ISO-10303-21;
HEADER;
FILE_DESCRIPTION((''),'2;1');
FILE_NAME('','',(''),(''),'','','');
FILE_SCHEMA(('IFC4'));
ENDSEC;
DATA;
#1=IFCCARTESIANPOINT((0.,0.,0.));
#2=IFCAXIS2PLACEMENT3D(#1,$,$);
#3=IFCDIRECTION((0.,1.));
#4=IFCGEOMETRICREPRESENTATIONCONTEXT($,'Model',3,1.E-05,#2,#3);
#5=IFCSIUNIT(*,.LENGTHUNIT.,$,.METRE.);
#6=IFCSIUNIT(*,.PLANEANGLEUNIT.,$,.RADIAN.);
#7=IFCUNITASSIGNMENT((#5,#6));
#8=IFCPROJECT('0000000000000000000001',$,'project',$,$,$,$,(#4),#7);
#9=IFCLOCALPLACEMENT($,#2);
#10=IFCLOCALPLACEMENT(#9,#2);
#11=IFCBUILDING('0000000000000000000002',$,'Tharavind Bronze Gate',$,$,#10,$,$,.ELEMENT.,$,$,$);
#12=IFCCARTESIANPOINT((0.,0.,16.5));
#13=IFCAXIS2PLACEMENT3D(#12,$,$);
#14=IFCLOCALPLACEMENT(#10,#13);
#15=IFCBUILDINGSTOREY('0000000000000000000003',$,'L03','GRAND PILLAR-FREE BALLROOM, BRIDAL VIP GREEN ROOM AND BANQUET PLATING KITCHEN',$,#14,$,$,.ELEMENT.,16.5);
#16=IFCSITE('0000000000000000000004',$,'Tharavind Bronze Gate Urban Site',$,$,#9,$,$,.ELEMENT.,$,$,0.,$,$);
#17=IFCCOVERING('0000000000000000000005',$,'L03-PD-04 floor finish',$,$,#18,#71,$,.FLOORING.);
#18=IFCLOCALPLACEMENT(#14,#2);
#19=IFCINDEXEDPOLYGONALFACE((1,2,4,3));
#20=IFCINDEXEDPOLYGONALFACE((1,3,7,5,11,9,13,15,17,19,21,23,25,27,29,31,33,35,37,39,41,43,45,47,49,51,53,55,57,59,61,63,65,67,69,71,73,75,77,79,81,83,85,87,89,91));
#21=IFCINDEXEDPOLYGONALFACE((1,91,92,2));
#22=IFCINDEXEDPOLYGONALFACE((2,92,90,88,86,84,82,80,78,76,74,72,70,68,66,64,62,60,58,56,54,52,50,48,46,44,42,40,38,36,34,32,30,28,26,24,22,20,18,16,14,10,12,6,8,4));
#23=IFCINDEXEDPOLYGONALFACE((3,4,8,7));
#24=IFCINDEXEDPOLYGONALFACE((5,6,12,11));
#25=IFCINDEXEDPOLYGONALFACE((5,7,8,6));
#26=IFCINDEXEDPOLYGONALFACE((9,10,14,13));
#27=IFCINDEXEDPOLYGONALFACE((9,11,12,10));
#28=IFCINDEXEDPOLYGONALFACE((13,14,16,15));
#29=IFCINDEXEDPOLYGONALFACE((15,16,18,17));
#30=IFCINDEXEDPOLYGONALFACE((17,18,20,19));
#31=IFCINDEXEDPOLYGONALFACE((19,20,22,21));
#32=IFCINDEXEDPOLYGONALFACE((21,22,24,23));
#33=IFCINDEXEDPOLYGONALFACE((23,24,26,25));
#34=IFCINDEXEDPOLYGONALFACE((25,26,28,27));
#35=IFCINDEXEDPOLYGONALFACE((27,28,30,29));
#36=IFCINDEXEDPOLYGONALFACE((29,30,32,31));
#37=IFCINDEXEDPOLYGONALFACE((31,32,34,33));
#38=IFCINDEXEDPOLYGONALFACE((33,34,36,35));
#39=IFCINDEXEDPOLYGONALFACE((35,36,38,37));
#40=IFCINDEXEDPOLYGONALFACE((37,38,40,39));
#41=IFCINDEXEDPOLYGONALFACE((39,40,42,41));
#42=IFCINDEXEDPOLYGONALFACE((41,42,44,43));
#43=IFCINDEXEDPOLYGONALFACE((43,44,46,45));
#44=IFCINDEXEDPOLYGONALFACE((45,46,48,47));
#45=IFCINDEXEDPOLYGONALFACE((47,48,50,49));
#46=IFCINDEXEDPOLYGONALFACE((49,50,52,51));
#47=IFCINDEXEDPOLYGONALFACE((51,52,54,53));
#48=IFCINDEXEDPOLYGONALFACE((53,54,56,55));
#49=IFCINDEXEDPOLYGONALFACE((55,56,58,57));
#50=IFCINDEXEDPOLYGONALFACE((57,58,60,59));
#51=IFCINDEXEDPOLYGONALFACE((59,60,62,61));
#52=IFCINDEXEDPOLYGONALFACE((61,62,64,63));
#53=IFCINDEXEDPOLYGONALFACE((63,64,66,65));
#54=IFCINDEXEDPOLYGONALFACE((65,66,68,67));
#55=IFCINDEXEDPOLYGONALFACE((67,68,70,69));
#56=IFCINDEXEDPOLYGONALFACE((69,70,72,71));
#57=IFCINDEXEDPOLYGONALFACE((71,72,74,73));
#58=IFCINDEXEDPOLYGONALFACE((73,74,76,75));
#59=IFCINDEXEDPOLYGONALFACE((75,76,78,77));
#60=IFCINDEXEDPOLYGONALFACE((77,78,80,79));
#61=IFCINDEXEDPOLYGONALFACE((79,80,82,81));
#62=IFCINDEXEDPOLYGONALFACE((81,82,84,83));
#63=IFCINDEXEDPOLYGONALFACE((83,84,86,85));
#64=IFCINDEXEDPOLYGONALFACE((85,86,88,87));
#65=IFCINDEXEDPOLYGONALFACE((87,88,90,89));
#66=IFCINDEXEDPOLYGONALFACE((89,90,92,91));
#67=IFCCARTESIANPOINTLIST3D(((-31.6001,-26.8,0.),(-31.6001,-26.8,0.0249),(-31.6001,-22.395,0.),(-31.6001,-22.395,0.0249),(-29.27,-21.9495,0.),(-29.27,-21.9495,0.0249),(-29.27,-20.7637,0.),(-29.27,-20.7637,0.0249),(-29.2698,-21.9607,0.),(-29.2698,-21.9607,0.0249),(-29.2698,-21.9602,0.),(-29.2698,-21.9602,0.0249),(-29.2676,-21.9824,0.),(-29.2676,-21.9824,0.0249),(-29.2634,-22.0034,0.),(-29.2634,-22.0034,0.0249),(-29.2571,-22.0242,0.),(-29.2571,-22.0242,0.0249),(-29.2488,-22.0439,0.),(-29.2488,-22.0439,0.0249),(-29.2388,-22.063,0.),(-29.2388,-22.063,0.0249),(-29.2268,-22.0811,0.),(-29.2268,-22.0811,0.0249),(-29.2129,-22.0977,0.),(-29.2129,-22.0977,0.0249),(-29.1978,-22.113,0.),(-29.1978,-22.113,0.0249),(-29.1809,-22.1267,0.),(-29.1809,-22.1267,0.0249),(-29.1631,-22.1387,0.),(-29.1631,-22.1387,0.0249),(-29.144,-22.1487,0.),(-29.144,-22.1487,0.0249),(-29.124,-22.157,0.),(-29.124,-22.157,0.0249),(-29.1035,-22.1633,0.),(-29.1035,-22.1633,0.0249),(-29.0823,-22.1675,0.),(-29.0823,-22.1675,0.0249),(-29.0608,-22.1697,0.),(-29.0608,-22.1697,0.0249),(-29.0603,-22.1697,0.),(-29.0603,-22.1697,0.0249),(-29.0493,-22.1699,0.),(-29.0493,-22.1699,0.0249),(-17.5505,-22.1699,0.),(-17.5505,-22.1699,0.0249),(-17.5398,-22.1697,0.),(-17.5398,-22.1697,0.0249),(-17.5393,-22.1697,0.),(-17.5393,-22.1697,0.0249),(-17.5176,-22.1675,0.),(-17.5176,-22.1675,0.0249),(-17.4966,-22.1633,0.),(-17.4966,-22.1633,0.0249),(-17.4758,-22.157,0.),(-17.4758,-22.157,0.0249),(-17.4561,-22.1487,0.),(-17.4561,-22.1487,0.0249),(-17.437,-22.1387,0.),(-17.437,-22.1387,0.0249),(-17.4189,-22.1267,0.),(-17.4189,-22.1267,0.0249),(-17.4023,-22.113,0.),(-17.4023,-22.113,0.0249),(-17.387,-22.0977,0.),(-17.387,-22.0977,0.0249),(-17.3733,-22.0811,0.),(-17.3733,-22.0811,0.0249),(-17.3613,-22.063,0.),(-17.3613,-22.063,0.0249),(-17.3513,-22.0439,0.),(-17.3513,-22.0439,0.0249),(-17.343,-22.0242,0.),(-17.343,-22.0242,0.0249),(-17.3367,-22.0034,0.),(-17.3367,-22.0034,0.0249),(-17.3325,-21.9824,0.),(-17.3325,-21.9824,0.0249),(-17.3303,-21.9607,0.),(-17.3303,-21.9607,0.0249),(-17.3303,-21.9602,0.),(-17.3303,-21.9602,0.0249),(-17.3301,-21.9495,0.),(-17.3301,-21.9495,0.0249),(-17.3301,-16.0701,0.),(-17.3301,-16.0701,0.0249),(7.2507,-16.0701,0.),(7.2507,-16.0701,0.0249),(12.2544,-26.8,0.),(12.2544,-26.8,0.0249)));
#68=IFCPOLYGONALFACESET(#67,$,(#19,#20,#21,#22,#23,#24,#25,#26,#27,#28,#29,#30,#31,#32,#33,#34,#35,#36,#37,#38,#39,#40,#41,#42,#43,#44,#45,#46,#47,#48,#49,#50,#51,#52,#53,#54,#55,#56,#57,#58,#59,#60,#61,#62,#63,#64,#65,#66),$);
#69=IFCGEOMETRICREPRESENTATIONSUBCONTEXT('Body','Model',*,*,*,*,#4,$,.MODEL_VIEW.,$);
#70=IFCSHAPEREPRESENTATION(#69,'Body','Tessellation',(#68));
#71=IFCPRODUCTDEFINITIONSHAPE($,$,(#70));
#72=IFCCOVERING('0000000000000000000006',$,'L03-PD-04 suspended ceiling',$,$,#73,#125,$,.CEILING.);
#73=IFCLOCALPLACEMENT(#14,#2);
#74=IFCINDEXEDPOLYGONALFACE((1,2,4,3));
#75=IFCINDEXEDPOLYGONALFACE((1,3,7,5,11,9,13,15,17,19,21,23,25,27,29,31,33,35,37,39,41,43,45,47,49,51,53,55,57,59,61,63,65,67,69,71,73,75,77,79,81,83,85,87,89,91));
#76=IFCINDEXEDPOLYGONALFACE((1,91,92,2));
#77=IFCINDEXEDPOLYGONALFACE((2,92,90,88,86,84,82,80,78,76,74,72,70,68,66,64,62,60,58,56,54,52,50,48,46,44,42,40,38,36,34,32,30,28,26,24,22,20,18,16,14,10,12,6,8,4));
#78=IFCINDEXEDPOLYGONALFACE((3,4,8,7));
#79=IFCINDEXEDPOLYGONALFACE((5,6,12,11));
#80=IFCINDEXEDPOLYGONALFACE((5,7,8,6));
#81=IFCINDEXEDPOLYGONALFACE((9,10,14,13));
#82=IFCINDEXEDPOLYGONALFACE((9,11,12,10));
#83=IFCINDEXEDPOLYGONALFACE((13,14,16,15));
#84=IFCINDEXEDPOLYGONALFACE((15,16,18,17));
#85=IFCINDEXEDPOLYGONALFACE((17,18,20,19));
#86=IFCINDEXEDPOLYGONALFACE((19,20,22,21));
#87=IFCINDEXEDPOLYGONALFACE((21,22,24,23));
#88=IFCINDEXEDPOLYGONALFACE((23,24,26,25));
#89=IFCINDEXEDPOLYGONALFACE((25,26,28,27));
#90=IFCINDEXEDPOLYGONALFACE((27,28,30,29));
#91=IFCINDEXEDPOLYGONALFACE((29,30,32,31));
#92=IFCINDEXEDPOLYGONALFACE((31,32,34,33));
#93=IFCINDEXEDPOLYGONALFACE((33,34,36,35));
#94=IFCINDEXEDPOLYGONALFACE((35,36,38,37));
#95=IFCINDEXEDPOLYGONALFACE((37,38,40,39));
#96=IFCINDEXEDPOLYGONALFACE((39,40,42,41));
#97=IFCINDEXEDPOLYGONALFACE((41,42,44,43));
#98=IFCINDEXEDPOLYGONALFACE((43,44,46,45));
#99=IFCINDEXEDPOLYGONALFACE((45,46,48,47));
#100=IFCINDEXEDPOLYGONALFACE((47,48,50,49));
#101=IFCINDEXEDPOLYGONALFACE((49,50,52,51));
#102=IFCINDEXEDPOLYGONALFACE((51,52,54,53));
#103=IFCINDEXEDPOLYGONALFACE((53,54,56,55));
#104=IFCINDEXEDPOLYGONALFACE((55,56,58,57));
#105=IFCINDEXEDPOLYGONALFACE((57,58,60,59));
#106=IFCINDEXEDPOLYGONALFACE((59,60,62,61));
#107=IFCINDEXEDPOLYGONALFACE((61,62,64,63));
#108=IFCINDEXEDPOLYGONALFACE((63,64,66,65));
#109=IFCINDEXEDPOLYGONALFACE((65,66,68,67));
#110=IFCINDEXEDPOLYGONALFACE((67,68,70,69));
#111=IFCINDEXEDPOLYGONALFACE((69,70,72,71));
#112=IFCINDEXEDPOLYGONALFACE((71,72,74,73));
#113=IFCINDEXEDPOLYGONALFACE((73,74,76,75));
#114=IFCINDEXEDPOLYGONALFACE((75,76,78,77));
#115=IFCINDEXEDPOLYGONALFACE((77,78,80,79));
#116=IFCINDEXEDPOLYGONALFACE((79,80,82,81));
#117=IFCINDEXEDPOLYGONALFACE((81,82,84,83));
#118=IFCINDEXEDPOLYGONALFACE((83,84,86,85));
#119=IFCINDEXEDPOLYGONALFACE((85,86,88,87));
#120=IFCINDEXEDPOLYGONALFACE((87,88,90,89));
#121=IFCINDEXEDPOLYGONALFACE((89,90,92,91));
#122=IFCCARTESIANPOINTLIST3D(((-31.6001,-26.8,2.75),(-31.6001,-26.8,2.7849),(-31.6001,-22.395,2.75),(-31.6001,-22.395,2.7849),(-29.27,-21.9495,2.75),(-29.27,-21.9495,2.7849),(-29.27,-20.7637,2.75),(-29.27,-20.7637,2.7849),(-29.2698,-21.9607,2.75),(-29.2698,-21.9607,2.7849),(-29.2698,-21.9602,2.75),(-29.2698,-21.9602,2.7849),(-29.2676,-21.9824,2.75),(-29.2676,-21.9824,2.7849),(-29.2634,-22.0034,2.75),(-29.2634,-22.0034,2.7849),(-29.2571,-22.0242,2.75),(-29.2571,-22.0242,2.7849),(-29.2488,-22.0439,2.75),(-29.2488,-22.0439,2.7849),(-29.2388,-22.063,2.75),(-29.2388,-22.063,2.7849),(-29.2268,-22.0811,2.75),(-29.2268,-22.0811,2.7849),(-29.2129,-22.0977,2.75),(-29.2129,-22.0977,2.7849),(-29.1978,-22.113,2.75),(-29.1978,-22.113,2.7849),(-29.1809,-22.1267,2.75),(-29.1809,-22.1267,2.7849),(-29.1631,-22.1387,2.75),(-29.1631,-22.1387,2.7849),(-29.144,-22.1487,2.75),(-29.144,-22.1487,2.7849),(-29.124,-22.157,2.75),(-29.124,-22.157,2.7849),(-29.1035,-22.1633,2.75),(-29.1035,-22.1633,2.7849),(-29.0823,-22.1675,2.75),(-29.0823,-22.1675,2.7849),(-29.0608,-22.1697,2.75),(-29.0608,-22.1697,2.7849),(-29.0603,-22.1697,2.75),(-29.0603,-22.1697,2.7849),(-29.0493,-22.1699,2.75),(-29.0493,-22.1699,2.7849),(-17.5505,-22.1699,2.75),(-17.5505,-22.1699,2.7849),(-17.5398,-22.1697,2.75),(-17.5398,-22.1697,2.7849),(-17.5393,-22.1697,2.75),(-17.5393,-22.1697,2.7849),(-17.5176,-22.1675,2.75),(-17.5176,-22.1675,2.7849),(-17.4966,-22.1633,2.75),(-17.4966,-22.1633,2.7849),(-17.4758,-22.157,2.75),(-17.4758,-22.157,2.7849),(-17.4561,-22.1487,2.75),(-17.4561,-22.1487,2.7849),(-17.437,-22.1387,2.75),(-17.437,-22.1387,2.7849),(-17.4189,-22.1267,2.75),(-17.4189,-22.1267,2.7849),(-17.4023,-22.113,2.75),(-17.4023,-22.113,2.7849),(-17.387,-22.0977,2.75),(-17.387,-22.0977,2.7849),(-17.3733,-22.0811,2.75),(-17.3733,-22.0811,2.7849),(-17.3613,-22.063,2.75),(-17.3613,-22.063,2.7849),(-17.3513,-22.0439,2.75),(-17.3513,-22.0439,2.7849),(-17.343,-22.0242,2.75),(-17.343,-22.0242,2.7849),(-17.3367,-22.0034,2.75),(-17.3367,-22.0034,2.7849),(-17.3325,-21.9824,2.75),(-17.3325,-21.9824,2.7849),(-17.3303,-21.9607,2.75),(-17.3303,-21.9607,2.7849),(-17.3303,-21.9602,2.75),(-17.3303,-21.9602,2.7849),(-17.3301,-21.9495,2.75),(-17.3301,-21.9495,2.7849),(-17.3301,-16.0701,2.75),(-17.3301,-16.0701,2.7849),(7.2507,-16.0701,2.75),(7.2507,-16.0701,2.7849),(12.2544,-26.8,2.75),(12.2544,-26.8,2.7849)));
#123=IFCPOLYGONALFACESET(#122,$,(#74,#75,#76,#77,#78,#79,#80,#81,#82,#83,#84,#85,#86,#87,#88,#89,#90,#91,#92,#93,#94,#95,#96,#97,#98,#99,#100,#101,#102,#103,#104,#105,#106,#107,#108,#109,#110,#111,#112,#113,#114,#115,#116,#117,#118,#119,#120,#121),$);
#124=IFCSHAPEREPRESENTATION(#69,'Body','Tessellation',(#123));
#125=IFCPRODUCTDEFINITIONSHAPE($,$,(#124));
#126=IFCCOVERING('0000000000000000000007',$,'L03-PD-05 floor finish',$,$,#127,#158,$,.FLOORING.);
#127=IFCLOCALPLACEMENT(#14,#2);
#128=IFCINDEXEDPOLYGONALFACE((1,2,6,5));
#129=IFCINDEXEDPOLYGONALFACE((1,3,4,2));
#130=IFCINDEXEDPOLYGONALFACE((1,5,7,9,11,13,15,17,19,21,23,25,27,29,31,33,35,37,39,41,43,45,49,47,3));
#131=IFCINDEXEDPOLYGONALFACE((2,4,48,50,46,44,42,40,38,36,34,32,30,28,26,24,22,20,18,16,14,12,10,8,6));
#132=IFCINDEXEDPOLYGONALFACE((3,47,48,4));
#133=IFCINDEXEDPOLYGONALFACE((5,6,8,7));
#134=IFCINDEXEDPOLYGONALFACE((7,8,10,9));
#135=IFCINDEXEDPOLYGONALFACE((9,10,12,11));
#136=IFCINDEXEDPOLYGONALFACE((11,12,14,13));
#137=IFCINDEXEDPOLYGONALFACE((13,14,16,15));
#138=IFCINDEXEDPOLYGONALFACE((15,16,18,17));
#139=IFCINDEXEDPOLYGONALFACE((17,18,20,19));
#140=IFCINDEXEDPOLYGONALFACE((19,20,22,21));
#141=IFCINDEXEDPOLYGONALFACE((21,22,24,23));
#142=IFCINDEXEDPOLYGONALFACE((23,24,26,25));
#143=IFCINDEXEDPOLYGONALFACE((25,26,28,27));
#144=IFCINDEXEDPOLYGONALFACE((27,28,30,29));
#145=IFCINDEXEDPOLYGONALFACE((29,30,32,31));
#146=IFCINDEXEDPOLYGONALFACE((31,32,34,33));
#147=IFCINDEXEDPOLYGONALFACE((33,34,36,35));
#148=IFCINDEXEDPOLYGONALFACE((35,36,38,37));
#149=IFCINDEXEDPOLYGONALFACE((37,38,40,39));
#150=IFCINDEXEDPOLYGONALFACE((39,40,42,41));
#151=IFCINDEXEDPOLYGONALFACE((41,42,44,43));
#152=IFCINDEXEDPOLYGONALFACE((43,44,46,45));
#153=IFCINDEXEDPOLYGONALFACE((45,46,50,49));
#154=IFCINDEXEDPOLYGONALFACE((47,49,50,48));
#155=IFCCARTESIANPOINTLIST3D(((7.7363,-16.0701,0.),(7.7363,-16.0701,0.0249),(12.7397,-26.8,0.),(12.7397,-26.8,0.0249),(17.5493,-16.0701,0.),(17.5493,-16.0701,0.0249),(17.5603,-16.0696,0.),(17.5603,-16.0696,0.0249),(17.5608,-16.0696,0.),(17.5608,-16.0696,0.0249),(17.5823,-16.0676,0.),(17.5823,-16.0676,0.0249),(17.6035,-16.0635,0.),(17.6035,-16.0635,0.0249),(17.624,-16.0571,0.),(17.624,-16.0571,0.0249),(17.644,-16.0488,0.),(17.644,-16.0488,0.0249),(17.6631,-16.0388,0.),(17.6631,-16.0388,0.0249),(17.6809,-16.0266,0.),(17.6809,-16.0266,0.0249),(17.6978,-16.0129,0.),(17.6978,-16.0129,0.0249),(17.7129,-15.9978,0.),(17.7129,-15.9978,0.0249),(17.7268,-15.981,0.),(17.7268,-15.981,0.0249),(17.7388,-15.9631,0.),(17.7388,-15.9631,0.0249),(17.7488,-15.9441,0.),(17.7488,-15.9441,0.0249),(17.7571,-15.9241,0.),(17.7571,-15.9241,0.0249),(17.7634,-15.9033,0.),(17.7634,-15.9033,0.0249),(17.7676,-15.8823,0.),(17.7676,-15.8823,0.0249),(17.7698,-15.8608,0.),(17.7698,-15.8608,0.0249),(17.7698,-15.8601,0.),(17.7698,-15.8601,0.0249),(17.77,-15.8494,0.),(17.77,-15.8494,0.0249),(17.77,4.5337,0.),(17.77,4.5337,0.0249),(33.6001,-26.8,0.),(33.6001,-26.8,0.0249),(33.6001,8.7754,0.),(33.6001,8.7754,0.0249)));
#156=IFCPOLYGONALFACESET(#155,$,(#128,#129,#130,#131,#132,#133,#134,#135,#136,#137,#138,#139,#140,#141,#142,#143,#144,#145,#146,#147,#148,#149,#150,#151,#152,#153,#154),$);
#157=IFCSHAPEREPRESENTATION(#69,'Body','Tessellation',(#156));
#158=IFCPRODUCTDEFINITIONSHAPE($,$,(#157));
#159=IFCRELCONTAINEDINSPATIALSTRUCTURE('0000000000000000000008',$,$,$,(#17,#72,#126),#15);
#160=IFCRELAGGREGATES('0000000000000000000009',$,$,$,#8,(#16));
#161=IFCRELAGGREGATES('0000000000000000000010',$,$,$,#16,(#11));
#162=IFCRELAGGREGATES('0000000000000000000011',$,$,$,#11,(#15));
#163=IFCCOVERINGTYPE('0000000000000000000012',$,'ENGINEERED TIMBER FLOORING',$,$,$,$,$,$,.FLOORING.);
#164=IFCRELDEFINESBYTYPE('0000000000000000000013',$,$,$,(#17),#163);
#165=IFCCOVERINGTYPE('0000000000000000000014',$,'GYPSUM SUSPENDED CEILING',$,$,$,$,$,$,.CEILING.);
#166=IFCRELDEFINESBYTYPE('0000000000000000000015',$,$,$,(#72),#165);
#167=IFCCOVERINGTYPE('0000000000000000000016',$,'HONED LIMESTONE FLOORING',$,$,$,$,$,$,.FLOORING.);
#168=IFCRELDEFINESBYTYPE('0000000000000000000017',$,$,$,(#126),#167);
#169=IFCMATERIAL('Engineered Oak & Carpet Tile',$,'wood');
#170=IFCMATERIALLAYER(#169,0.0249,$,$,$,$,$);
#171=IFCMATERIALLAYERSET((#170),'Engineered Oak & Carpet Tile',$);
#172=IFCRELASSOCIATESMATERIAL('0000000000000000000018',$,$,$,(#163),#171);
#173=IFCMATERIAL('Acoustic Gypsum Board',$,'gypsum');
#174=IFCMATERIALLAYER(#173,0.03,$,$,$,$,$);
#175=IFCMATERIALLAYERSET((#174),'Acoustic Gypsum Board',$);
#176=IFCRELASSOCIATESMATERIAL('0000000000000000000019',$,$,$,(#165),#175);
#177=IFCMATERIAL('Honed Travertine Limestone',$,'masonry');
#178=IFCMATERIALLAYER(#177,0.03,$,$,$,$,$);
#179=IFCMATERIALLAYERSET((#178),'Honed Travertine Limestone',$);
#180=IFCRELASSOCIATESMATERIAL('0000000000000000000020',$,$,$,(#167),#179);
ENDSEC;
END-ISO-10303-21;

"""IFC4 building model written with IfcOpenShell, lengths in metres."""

from ifc_helpers import new_model, si_unit, direction, frame, origin, place, context, subcontext, project, spatial, polyline, outline, extrude, material, layer, layer_set, type_object, element, save


model = new_model("IFC4")

# Units and contexts
model_context = context("Model", 3, precision=1e-05, world=origin(), true_north=direction((0.0, 1.0)))
body_context = subcontext(model_context, "Body", "Model", "MODEL_VIEW")
ifc_project = project(units=[si_unit("LENGTHUNIT", "METRE"), si_unit("PLANEANGLEUNIT", "RADIAN")], contexts=[model_context])

# Site, building, storey
site_placement = place(None, origin())
site = spatial("IfcSite", under=ifc_project, at=site_placement, Name="Tharavind Bronze Gate Urban Site", CompositionType="ELEMENT", RefElevation=0.0)
building_placement = place(site_placement, origin())
building = spatial("IfcBuilding", under=site, at=building_placement, Name="Tharavind Bronze Gate", CompositionType="ELEMENT")
storey_placement = place(building_placement, frame((0.0, 0.0, 16.5)))
storey = spatial("IfcBuildingStorey", under=building, at=storey_placement, Name="L03", Description="GRAND PILLAR-FREE BALLROOM, BRIDAL VIP GREEN ROOM AND BANQUET PLATING KITCHEN", CompositionType="ELEMENT", Elevation=16.5)

# Coverings
ifc_material_1 = material(Name="Engineered Oak & Carpet Tile", Category="wood")
ifc_layer_1 = layer(ifc_material_1, 0.0249)
ifc_layer_set_1 = layer_set([ifc_layer_1], Name="Engineered Oak & Carpet Tile")
covering_type_1 = type_object("IfcCoveringType", Name="ENGINEERED TIMBER FLOORING", PredefinedType="FLOORING", material=ifc_layer_set_1)
covering_1_placement = place(storey_placement, origin())
element("IfcCovering", 1, at=covering_1_placement, inside=storey, type_object=covering_type_1, Name="L03-PD-04 floor finish", PredefinedType="FLOORING", context=body_context, shape_type="SweptSolid", body=[
    extrude(outline(polyline([(12.2544, -26.8), (7.2507, -16.0701), (-17.3301, -16.0701), (-17.3301, -21.9495), (-17.3303, -21.9602), (-17.3303, -21.9607), (-17.3325, -21.9824), (-17.3367, -22.0034), (-17.343, -22.0242), (-17.3513, -22.0439), (-17.3613, -22.063), (-17.3733, -22.0811), (-17.387, -22.0977), (-17.4023, -22.113), (-17.4189, -22.1267), (-17.437, -22.1387), (-17.4561, -22.1487), (-17.4758, -22.157), (-17.4966, -22.1633), (-17.5176, -22.1675), (-17.5393, -22.1697), (-17.5398, -22.1697), (-17.5505, -22.1699), (-29.0493, -22.1699), (-29.0603, -22.1697), (-29.0608, -22.1697), (-29.0823, -22.1675), (-29.1035, -22.1633), (-29.124, -22.157), (-29.144, -22.1487), (-29.1631, -22.1387), (-29.1809, -22.1267), (-29.1978, -22.113), (-29.2129, -22.0977), (-29.2268, -22.0811), (-29.2388, -22.063), (-29.2488, -22.0439), (-29.2571, -22.0242), (-29.2634, -22.0034), (-29.2676, -21.9824), (-29.2698, -21.9607), (-29.2698, -21.9602), (-29.27, -21.9495), (-29.27, -20.7637), (-31.6001, -22.395), (-31.6001, -26.8), (12.2544, -26.8)])), origin(), (0.0, 0.0, 1.0), 0.0249),
])
ifc_material_2 = material(Name="Acoustic Gypsum Board", Category="gypsum")
ifc_layer_2 = layer(ifc_material_2, 0.03)
ifc_layer_set_2 = layer_set([ifc_layer_2], Name="Acoustic Gypsum Board")
covering_type_2 = type_object("IfcCoveringType", Name="GYPSUM SUSPENDED CEILING", PredefinedType="CEILING", material=ifc_layer_set_2)
covering_2_placement = place(storey_placement, frame((0.0, 0.0, 2.75)))
element("IfcCovering", 2, at=covering_2_placement, inside=storey, type_object=covering_type_2, Name="L03-PD-04 suspended ceiling", PredefinedType="CEILING", context=body_context, shape_type="SweptSolid", body=[
    extrude(outline(polyline([(12.2544, -26.8), (7.2507, -16.0701), (-17.3301, -16.0701), (-17.3301, -21.9495), (-17.3303, -21.9602), (-17.3303, -21.9607), (-17.3325, -21.9824), (-17.3367, -22.0034), (-17.343, -22.0242), (-17.3513, -22.0439), (-17.3613, -22.063), (-17.3733, -22.0811), (-17.387, -22.0977), (-17.4023, -22.113), (-17.4189, -22.1267), (-17.437, -22.1387), (-17.4561, -22.1487), (-17.4758, -22.157), (-17.4966, -22.1633), (-17.5176, -22.1675), (-17.5393, -22.1697), (-17.5398, -22.1697), (-17.5505, -22.1699), (-29.0493, -22.1699), (-29.0603, -22.1697), (-29.0608, -22.1697), (-29.0823, -22.1675), (-29.1035, -22.1633), (-29.124, -22.157), (-29.144, -22.1487), (-29.1631, -22.1387), (-29.1809, -22.1267), (-29.1978, -22.113), (-29.2129, -22.0977), (-29.2268, -22.0811), (-29.2388, -22.063), (-29.2488, -22.0439), (-29.2571, -22.0242), (-29.2634, -22.0034), (-29.2676, -21.9824), (-29.2698, -21.9607), (-29.2698, -21.9602), (-29.27, -21.9495), (-29.27, -20.7637), (-31.6001, -22.395), (-31.6001, -26.8), (12.2544, -26.8)])), origin(), (0.0, 0.0, 1.0), 0.0349),
])
ifc_material_3 = material(Name="Honed Travertine Limestone", Category="masonry")
ifc_layer_3 = layer(ifc_material_3, 0.03)
ifc_layer_set_3 = layer_set([ifc_layer_3], Name="Honed Travertine Limestone")
covering_type_3 = type_object("IfcCoveringType", Name="HONED LIMESTONE FLOORING", PredefinedType="FLOORING", material=ifc_layer_set_3)
covering_3_placement = place(storey_placement, origin())
element("IfcCovering", 3, at=covering_3_placement, inside=storey, type_object=covering_type_3, Name="L03-PD-05 floor finish", PredefinedType="FLOORING", context=body_context, shape_type="SweptSolid", body=[
    extrude(outline(polyline([(12.7397, -26.8), (33.6001, -26.8), (33.6001, 8.7754), (17.77, 4.5337), (17.77, -15.8494), (17.7698, -15.8601), (17.7698, -15.8608), (17.7676, -15.8823), (17.7634, -15.9033), (17.7571, -15.9241), (17.7488, -15.9441), (17.7388, -15.9631), (17.7268, -15.981), (17.7129, -15.9978), (17.6978, -16.0129), (17.6809, -16.0266), (17.6631, -16.0388), (17.644, -16.0488), (17.624, -16.0571), (17.6035, -16.0635), (17.5823, -16.0676), (17.5608, -16.0696), (17.5603, -16.0696), (17.5493, -16.0701), (7.7363, -16.0701), (12.7397, -26.8)])), origin(), (0.0, 0.0, 1.0), 0.0249),
])

save(model, "model.ifc")
